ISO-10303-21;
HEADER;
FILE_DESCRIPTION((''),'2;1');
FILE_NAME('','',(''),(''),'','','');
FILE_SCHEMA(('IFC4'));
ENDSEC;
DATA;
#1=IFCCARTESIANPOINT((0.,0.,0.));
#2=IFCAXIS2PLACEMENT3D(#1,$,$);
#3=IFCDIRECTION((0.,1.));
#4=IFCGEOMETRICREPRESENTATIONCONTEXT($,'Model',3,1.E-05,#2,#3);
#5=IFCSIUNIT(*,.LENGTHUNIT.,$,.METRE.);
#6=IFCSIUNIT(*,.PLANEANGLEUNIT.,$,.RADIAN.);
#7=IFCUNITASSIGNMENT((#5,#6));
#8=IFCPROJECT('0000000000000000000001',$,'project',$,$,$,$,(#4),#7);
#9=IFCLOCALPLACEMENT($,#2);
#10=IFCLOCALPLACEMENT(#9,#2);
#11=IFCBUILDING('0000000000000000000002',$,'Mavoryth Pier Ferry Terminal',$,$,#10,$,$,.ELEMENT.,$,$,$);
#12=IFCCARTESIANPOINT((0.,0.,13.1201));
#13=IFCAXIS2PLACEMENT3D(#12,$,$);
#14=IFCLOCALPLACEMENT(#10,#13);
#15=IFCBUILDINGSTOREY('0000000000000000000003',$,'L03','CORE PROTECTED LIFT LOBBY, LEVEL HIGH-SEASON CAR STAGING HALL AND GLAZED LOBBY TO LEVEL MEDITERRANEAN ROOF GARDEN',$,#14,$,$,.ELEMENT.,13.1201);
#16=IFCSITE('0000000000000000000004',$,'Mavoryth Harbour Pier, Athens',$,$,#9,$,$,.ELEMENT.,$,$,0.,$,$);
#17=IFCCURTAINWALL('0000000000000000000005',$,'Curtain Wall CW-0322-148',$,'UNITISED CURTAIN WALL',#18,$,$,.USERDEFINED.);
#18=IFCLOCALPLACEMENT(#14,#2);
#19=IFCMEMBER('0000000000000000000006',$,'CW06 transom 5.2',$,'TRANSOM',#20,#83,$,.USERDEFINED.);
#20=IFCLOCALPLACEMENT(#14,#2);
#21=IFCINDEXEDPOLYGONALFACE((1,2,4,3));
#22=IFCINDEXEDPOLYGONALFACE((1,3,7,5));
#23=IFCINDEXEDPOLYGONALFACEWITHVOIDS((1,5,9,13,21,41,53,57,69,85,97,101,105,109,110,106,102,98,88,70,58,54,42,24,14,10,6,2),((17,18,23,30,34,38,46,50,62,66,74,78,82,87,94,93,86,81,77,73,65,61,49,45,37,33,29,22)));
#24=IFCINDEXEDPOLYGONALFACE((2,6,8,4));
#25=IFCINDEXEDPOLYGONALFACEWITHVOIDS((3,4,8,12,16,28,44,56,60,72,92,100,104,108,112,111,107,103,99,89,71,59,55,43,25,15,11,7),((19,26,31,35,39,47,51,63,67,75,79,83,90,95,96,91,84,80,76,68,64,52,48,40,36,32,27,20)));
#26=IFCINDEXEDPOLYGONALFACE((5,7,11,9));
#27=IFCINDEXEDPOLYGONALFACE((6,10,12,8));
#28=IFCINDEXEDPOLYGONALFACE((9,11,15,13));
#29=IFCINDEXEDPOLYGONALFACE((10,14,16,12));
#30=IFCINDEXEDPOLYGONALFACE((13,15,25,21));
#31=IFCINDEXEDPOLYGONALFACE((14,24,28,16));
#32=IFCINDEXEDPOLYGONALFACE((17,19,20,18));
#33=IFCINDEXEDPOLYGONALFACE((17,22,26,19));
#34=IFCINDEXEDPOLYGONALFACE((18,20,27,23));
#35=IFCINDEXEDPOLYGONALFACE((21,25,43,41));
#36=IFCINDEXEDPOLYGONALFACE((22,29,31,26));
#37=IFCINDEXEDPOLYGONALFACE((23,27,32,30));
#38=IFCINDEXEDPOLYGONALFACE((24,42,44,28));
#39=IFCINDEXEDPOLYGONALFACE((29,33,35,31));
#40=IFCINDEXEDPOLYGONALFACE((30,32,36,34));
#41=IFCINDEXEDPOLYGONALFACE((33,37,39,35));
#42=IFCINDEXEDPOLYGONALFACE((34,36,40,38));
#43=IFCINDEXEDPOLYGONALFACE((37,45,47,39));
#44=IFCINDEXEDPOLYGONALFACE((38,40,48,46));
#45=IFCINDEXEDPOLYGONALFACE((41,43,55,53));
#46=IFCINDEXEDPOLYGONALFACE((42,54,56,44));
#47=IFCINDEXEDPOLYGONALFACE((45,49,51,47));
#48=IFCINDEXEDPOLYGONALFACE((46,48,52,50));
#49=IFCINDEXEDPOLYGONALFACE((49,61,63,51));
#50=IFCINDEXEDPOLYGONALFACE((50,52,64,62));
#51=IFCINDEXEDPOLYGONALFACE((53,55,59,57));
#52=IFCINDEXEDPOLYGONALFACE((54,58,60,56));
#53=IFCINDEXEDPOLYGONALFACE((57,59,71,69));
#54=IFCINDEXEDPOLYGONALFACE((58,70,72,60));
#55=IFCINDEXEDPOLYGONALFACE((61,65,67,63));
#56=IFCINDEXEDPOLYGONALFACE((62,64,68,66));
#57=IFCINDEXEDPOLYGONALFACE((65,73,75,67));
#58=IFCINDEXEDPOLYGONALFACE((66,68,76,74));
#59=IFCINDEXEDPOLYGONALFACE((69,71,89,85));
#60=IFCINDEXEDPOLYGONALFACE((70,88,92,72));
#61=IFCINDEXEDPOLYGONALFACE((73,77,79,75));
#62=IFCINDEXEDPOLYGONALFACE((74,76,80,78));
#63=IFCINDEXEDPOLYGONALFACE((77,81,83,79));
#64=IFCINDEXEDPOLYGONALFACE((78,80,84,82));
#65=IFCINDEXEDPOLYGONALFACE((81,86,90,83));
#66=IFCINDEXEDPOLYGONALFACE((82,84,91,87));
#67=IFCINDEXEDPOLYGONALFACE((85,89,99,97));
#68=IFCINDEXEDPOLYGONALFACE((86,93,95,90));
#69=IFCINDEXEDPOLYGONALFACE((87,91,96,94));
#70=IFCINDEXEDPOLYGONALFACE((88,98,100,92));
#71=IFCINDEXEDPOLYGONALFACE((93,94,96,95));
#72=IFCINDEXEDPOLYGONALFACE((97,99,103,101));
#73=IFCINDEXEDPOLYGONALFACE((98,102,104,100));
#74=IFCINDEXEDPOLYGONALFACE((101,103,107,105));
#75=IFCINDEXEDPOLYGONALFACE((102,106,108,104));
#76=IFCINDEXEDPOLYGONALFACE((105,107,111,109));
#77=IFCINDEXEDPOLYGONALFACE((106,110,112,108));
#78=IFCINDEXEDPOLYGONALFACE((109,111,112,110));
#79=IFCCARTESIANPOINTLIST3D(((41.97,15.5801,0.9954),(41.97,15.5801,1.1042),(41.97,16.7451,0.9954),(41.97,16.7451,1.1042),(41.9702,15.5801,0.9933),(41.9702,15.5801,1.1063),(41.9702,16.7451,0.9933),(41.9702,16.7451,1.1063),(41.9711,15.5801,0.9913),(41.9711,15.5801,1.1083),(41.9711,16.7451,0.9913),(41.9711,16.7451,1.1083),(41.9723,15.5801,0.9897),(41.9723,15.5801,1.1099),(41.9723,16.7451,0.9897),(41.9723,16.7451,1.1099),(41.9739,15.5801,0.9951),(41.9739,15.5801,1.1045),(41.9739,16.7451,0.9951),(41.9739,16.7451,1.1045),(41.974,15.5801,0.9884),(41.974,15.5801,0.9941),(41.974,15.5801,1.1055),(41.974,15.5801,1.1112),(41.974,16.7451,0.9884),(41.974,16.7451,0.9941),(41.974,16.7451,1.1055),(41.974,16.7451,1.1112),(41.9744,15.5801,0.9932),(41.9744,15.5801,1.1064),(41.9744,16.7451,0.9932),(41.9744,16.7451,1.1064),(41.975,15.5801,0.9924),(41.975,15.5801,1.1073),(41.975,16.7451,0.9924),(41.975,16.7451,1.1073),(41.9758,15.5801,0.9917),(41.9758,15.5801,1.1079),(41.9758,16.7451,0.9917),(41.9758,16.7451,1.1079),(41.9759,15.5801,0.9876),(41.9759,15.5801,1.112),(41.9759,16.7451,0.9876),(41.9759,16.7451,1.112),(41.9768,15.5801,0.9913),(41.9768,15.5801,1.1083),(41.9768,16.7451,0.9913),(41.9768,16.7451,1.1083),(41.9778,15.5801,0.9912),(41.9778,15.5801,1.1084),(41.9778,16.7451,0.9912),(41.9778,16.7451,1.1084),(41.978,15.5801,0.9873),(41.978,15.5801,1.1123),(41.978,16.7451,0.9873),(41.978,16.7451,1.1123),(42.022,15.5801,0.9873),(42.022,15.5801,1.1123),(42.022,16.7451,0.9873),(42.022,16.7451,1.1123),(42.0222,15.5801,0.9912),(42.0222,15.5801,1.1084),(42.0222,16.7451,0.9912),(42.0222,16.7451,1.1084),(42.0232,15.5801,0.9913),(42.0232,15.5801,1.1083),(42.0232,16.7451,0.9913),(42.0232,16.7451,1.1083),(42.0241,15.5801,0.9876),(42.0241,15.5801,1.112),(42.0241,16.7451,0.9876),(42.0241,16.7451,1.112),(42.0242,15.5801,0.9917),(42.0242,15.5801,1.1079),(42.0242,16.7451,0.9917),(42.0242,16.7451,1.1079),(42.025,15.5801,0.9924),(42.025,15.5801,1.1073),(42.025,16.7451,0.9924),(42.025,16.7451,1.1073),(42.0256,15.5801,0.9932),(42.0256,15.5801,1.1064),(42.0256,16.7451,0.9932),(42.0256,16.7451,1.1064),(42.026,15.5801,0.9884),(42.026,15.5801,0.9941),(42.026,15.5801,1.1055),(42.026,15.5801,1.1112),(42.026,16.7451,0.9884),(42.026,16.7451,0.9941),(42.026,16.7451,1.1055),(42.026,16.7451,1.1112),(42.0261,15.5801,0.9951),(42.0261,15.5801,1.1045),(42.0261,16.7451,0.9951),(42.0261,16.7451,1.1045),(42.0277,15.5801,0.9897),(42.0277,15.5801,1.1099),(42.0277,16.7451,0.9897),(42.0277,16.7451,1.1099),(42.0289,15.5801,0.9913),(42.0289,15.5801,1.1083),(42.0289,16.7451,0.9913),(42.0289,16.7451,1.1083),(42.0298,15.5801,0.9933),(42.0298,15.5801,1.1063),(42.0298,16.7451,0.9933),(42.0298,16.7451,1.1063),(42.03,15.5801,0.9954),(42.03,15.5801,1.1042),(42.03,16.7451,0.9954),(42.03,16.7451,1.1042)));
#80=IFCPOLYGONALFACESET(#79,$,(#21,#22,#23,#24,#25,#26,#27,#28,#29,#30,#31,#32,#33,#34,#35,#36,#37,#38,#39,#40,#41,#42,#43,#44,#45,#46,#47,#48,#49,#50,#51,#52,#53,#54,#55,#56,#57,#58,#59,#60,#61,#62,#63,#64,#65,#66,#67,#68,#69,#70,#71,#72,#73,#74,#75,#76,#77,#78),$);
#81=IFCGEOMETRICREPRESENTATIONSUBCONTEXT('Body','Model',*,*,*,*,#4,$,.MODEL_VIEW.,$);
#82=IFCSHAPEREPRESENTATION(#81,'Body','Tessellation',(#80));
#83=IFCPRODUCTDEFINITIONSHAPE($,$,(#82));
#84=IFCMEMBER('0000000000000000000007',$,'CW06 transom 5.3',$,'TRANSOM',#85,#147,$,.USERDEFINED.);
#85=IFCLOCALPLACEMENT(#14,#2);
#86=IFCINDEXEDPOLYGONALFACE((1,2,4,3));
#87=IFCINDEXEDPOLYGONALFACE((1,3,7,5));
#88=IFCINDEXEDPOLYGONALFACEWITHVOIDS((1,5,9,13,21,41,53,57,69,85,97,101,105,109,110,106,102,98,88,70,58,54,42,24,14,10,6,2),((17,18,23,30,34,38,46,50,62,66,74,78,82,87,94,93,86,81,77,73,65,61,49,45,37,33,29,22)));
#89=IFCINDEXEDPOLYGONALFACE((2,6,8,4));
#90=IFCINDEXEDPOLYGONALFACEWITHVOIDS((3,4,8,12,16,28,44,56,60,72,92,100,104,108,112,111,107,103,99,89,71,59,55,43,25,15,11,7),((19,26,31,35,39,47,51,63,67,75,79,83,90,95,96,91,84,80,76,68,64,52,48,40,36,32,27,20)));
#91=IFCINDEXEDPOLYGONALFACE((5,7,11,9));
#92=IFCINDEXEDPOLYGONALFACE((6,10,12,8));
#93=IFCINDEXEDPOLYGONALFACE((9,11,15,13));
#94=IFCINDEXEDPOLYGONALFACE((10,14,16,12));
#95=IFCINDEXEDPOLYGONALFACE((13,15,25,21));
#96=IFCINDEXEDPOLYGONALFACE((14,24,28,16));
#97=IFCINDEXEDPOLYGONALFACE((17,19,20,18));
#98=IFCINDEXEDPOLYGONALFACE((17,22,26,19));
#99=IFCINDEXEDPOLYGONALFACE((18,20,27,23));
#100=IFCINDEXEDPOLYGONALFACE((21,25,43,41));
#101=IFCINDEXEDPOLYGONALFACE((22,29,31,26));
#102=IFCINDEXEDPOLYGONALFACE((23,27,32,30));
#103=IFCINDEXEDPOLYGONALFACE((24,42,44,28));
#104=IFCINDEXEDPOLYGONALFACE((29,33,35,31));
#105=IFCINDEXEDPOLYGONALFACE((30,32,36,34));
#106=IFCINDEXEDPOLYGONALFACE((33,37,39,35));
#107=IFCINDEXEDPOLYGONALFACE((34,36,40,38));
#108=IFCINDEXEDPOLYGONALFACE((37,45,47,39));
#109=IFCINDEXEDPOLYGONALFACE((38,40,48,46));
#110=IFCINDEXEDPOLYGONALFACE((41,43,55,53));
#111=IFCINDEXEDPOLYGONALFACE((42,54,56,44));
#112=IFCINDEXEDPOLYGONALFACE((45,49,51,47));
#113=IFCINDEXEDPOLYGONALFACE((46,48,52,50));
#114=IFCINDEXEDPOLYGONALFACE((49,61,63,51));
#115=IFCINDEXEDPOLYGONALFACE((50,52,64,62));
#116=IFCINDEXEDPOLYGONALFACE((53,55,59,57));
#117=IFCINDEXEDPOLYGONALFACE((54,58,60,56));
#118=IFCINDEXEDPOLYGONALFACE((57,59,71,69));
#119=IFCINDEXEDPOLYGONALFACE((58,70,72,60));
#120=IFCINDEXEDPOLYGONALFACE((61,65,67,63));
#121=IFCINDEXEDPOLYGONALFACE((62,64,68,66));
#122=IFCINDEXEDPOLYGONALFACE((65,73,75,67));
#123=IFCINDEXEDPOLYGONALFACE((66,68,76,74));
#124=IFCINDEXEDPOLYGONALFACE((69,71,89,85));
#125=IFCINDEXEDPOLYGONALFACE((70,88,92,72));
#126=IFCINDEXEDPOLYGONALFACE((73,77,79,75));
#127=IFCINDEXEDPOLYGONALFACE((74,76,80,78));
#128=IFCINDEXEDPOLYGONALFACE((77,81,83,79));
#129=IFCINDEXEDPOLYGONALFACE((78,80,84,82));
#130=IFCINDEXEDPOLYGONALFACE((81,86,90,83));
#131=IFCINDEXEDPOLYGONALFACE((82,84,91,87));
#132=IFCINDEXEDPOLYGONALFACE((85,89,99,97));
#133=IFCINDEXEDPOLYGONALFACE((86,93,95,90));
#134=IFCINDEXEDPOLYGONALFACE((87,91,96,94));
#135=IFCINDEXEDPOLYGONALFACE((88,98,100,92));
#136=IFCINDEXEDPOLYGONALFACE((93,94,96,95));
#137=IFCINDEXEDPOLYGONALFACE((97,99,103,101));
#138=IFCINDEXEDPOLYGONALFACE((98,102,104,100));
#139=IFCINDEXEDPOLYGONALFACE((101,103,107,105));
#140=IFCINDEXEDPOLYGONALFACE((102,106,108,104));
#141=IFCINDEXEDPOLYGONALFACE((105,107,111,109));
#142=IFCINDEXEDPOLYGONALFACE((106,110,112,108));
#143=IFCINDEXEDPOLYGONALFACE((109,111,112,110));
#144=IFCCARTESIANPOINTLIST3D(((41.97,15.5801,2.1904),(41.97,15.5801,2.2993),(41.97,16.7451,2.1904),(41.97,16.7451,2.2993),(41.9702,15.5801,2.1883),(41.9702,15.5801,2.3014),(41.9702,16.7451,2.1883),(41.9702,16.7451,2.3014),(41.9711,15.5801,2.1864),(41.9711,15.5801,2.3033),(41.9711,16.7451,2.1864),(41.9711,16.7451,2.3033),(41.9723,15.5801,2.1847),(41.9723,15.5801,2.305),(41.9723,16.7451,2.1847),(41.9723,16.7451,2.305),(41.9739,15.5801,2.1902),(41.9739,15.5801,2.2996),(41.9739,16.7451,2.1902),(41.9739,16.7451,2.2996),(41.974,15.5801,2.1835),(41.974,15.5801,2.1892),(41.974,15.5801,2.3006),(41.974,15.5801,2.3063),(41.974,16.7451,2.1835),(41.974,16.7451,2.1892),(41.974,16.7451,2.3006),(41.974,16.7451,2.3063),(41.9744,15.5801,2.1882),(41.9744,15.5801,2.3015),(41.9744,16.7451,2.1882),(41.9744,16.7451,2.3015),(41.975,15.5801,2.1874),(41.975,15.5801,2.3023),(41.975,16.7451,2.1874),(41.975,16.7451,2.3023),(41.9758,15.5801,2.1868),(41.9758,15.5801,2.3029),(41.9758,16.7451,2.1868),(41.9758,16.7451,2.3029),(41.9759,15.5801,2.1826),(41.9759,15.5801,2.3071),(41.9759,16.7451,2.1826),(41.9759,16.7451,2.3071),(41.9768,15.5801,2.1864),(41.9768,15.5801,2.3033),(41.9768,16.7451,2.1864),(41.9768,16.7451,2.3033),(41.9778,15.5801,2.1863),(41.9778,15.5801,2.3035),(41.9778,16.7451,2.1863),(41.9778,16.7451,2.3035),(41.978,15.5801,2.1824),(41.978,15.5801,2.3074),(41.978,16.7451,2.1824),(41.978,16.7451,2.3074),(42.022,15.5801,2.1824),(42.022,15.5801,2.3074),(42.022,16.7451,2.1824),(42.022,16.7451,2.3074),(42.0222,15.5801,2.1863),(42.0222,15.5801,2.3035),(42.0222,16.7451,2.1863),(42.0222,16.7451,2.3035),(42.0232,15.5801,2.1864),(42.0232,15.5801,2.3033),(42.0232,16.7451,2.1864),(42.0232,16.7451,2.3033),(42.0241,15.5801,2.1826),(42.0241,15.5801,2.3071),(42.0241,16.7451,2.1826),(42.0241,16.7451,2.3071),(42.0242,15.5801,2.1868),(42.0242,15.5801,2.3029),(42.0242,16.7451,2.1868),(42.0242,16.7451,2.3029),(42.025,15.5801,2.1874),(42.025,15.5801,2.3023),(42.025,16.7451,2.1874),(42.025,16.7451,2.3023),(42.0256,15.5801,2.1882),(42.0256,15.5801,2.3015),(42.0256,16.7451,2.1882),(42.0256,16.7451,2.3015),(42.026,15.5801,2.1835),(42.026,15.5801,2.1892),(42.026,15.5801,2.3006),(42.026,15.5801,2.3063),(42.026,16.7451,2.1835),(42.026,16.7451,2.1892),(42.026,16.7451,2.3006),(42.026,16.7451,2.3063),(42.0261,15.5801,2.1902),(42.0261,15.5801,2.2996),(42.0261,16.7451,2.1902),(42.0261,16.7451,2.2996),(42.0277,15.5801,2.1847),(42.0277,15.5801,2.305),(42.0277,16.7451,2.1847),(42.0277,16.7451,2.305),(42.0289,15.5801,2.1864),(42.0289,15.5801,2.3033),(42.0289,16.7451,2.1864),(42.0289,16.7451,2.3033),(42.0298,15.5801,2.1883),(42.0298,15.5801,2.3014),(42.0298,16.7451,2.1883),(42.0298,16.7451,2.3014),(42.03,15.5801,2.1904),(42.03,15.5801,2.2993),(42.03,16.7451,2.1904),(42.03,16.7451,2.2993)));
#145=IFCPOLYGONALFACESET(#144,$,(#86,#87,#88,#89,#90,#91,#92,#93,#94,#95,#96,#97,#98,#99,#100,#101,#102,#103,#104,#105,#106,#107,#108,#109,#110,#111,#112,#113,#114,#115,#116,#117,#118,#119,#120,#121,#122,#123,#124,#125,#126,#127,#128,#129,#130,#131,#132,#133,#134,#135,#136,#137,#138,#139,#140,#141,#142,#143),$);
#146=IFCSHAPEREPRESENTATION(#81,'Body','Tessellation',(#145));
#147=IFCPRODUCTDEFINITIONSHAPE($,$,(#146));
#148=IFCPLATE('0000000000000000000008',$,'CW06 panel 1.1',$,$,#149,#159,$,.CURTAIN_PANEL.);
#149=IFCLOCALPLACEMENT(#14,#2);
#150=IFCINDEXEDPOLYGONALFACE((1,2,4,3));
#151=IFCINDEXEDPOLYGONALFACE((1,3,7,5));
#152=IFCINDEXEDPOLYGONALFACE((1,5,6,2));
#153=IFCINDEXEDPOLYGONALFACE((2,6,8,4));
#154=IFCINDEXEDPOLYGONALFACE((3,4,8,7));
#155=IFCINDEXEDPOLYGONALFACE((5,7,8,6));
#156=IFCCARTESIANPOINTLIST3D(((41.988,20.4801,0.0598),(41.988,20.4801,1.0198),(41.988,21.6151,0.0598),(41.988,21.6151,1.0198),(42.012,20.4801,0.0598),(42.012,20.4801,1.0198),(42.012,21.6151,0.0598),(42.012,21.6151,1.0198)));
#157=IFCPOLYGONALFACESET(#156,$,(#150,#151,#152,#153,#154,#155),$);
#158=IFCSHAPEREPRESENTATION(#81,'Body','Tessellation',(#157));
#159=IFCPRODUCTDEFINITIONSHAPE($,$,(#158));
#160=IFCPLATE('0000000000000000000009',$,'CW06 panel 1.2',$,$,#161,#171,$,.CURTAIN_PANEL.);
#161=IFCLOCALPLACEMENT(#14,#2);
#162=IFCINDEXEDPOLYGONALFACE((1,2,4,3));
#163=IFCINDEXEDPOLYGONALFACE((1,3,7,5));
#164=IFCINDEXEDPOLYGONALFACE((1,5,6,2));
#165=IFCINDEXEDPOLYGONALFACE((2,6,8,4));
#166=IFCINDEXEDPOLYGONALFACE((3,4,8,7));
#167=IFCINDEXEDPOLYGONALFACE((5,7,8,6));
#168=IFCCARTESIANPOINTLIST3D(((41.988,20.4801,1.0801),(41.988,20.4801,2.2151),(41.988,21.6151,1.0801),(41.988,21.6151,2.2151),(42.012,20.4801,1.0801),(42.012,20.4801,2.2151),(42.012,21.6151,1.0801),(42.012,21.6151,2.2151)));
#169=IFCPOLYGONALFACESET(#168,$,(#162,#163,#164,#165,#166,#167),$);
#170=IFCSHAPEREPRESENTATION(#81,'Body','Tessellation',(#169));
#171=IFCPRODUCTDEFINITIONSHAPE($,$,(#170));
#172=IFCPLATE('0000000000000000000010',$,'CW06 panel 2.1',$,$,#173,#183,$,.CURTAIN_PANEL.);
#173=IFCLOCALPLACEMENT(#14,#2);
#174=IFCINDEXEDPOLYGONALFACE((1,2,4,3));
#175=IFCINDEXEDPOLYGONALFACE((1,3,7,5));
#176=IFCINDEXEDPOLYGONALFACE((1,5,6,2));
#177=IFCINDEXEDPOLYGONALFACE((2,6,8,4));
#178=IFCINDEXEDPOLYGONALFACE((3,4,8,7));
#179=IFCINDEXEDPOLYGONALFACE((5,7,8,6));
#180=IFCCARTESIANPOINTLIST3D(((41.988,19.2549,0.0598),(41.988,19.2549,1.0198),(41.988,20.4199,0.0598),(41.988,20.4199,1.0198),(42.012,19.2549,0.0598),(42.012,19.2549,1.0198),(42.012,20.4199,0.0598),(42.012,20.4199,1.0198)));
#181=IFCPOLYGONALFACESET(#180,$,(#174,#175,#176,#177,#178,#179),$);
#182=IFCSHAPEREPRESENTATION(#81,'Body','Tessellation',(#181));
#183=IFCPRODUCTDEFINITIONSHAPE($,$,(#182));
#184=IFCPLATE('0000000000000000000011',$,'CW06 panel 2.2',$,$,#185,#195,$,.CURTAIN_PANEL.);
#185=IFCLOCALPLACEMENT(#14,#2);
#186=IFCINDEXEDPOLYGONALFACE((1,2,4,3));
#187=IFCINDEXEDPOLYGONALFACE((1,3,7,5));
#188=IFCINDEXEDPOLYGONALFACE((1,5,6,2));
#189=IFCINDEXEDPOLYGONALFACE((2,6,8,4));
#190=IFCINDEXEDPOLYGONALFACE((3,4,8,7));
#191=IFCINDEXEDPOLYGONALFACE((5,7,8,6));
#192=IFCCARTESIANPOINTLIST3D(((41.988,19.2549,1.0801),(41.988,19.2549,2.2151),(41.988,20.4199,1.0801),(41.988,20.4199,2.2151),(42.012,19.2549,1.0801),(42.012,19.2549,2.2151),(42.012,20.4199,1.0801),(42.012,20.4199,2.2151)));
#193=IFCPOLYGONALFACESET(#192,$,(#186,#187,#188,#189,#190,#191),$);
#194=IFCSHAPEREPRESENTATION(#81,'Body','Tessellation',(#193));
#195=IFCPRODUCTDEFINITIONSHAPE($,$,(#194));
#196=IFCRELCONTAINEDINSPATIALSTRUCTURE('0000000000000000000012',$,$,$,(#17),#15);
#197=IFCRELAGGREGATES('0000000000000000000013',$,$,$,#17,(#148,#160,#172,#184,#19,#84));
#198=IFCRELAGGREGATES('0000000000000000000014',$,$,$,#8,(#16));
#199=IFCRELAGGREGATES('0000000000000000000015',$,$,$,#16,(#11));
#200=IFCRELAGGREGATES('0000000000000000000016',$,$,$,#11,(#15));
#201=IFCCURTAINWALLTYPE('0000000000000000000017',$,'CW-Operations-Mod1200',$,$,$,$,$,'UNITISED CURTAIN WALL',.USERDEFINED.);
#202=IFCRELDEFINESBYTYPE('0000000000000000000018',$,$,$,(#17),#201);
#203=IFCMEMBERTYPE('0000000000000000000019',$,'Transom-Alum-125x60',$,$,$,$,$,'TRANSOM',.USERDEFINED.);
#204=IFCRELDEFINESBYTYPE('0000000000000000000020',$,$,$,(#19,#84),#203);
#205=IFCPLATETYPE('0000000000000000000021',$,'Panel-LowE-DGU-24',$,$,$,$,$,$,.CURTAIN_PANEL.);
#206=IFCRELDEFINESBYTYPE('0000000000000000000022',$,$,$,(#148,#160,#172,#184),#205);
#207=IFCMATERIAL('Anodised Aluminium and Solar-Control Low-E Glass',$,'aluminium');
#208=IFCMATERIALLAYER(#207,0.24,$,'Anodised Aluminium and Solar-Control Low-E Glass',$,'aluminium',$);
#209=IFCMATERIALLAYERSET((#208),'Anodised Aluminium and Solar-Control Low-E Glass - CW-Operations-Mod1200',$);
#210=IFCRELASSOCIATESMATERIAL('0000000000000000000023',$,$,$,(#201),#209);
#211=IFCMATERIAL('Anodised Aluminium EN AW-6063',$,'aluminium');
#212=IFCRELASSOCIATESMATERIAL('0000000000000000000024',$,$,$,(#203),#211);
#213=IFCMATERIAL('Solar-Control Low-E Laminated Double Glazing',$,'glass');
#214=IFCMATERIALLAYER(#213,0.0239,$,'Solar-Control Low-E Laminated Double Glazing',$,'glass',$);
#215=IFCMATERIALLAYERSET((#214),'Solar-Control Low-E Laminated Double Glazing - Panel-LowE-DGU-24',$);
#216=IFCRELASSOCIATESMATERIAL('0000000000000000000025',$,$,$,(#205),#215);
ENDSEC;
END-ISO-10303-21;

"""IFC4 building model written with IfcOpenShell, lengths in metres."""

from ifc_helpers import new_model, si_unit, direction, frame, origin, origin_2d, place, context, subcontext, project, spatial, rectangle, hollow_rectangle, extrude, material, layer, layer_set, material_profile, profile_set, type_object, element, aggregate, save


model = new_model("IFC4")

# Units and contexts
model_context = context("Model", 3, precision=1e-05, world=origin(), true_north=direction((0.0, 1.0)))
body_context = subcontext(model_context, "Body", "Model", "MODEL_VIEW")
ifc_project = project(units=[si_unit("LENGTHUNIT", "METRE"), si_unit("PLANEANGLEUNIT", "RADIAN")], contexts=[model_context])

# Site, building, storey
site_placement = place(None, origin())
site = spatial("IfcSite", under=ifc_project, at=site_placement, Name="Mavoryth Harbour Pier, Athens", CompositionType="ELEMENT", RefElevation=0.0)
building_placement = place(site_placement, origin())
building = spatial("IfcBuilding", under=site, at=building_placement, Name="Mavoryth Pier Ferry Terminal", CompositionType="ELEMENT")
storey_placement = place(building_placement, frame((0.0, 0.0, 13.1201)))
storey = spatial("IfcBuildingStorey", under=building, at=storey_placement, Name="L03", Description="CORE PROTECTED LIFT LOBBY, LEVEL HIGH-SEASON CAR STAGING HALL AND GLAZED LOBBY TO LEVEL MEDITERRANEAN ROOF GARDEN", CompositionType="ELEMENT", Elevation=13.1201)

# Curtain wall, members, plates
ifc_material_1 = material(Name="Anodised Aluminium and Solar-Control Low-E Glass", Category="aluminium")
ifc_layer_1 = layer(ifc_material_1, 0.24, Name="Anodised Aluminium and Solar-Control Low-E Glass", Category="aluminium")
ifc_layer_set_1 = layer_set([ifc_layer_1], Name="Anodised Aluminium and Solar-Control Low-E Glass - CW-Operations-Mod1200")
curtain_wall_type = type_object("IfcCurtainWallType", Name="CW-Operations-Mod1200", ElementType="UNITISED CURTAIN WALL", PredefinedType="USERDEFINED", material=ifc_layer_set_1)
curtain_wall_placement = place(storey_placement, origin())
curtain_wall = element("IfcCurtainWall", 1, at=curtain_wall_placement, inside=storey, type_object=curtain_wall_type, Name="Curtain Wall CW-0322-148", ObjectType="UNITISED CURTAIN WALL", PredefinedType="USERDEFINED")
ifc_material_2 = material(Name="Anodised Aluminium EN AW-6063", Category="aluminium")
ifc_material_profile_1 = material_profile(ifc_material_2, hollow_rectangle(XDim=0.0601, YDim=0.125, WallThickness=0.0039, InnerFilletRadius=0.0039, OuterFilletRadius=0.0081, at=origin_2d()), Name="AL-TRAN 125x60x4", Category="aluminium")
ifc_profile_set_1 = profile_set([ifc_material_profile_1], Name="Anodised Aluminium EN AW-6063 - AL-TRAN 125x60x4")
member_type_1 = type_object("IfcMemberType", Name="Transom-Alum-125x60", ElementType="TRANSOM", PredefinedType="USERDEFINED", material=ifc_profile_set_1)
member_1_placement = place(storey_placement, frame((42.0, 16.7451, 1.0498), z_axis=(0.0, -1.0, 0.0), x_axis=(1.0, 0.0, 0.0)))
member_1 = element("IfcMember", 2, at=member_1_placement, type_object=member_type_1, Name="CW06 transom 5.2", ObjectType="TRANSOM", PredefinedType="USERDEFINED", context=body_context, shape_type="SweptSolid", body=[
    extrude(hollow_rectangle(XDim=0.0601, YDim=0.125, WallThickness=0.0039, InnerFilletRadius=0.0039, OuterFilletRadius=0.0081, at=origin_2d()), origin(), (0.0, 0.0, 1.0), 1.165),
])
member_2_placement = place(storey_placement, frame((42.0, 16.7451, 2.2449), z_axis=(0.0, -1.0, 0.0), x_axis=(1.0, 0.0, 0.0)))
member_2 = element("IfcMember", 3, at=member_2_placement, type_object=member_type_1, Name="CW06 transom 5.3", ObjectType="TRANSOM", PredefinedType="USERDEFINED", context=body_context, shape_type="SweptSolid", body=[
    extrude(hollow_rectangle(XDim=0.0601, YDim=0.125, WallThickness=0.0039, InnerFilletRadius=0.0039, OuterFilletRadius=0.0081, at=origin_2d()), origin(), (0.0, 0.0, 1.0), 1.165),
])
ifc_material_3 = material(Name="Solar-Control Low-E Laminated Double Glazing", Category="glass")
ifc_layer_2 = layer(ifc_material_3, 0.0239, Name="Solar-Control Low-E Laminated Double Glazing", Category="glass")
ifc_layer_set_2 = layer_set([ifc_layer_2], Name="Solar-Control Low-E Laminated Double Glazing - Panel-LowE-DGU-24")
plate_type = type_object("IfcPlateType", Name="Panel-LowE-DGU-24", PredefinedType="CURTAIN_PANEL", material=ifc_layer_set_2)
plate_1_placement = place(storey_placement, frame((42.0, 21.0476, 0.0598), z_axis=(0.0, 0.0, 1.0), x_axis=(0.0, -1.0, 0.0)))
plate_1 = element("IfcPlate", 4, at=plate_1_placement, type_object=plate_type, Name="CW06 panel 1.1", PredefinedType="CURTAIN_PANEL", context=body_context, shape_type="SweptSolid", body=[
    extrude(rectangle(XDim=1.135, YDim=0.0239, at=origin_2d()), origin(), (0.0, 0.0, 1.0), 0.96),
])
plate_2_placement = place(storey_placement, frame((42.0, 21.0476, 1.0801), z_axis=(0.0, 0.0, 1.0), x_axis=(0.0, -1.0, 0.0)))
plate_2 = element("IfcPlate", 5, at=plate_2_placement, type_object=plate_type, Name="CW06 panel 1.2", PredefinedType="CURTAIN_PANEL", context=body_context, shape_type="SweptSolid", body=[
    extrude(rectangle(XDim=1.135, YDim=0.0239, at=origin_2d()), origin(), (0.0, 0.0, 1.0), 1.135),
])
plate_3_placement = place(storey_placement, frame((42.0, 19.8374, 0.0598), z_axis=(0.0, 0.0, 1.0), x_axis=(0.0, -1.0, 0.0)))
plate_3 = element("IfcPlate", 6, at=plate_3_placement, type_object=plate_type, Name="CW06 panel 2.1", PredefinedType="CURTAIN_PANEL", context=body_context, shape_type="SweptSolid", body=[
    extrude(rectangle(XDim=1.165, YDim=0.0239, at=origin_2d()), origin(), (0.0, 0.0, 1.0), 0.96),
])
plate_4_placement = place(storey_placement, frame((42.0, 19.8374, 1.0801), z_axis=(0.0, 0.0, 1.0), x_axis=(0.0, -1.0, 0.0)))
plate_4 = element("IfcPlate", 7, at=plate_4_placement, type_object=plate_type, Name="CW06 panel 2.2", PredefinedType="CURTAIN_PANEL", context=body_context, shape_type="SweptSolid", body=[
    extrude(rectangle(XDim=1.165, YDim=0.0239, at=origin_2d()), origin(), (0.0, 0.0, 1.0), 1.135),
])
aggregate(curtain_wall, [plate_1, plate_2, plate_3, plate_4, member_1, member_2])

save(model, "model.ifc")
